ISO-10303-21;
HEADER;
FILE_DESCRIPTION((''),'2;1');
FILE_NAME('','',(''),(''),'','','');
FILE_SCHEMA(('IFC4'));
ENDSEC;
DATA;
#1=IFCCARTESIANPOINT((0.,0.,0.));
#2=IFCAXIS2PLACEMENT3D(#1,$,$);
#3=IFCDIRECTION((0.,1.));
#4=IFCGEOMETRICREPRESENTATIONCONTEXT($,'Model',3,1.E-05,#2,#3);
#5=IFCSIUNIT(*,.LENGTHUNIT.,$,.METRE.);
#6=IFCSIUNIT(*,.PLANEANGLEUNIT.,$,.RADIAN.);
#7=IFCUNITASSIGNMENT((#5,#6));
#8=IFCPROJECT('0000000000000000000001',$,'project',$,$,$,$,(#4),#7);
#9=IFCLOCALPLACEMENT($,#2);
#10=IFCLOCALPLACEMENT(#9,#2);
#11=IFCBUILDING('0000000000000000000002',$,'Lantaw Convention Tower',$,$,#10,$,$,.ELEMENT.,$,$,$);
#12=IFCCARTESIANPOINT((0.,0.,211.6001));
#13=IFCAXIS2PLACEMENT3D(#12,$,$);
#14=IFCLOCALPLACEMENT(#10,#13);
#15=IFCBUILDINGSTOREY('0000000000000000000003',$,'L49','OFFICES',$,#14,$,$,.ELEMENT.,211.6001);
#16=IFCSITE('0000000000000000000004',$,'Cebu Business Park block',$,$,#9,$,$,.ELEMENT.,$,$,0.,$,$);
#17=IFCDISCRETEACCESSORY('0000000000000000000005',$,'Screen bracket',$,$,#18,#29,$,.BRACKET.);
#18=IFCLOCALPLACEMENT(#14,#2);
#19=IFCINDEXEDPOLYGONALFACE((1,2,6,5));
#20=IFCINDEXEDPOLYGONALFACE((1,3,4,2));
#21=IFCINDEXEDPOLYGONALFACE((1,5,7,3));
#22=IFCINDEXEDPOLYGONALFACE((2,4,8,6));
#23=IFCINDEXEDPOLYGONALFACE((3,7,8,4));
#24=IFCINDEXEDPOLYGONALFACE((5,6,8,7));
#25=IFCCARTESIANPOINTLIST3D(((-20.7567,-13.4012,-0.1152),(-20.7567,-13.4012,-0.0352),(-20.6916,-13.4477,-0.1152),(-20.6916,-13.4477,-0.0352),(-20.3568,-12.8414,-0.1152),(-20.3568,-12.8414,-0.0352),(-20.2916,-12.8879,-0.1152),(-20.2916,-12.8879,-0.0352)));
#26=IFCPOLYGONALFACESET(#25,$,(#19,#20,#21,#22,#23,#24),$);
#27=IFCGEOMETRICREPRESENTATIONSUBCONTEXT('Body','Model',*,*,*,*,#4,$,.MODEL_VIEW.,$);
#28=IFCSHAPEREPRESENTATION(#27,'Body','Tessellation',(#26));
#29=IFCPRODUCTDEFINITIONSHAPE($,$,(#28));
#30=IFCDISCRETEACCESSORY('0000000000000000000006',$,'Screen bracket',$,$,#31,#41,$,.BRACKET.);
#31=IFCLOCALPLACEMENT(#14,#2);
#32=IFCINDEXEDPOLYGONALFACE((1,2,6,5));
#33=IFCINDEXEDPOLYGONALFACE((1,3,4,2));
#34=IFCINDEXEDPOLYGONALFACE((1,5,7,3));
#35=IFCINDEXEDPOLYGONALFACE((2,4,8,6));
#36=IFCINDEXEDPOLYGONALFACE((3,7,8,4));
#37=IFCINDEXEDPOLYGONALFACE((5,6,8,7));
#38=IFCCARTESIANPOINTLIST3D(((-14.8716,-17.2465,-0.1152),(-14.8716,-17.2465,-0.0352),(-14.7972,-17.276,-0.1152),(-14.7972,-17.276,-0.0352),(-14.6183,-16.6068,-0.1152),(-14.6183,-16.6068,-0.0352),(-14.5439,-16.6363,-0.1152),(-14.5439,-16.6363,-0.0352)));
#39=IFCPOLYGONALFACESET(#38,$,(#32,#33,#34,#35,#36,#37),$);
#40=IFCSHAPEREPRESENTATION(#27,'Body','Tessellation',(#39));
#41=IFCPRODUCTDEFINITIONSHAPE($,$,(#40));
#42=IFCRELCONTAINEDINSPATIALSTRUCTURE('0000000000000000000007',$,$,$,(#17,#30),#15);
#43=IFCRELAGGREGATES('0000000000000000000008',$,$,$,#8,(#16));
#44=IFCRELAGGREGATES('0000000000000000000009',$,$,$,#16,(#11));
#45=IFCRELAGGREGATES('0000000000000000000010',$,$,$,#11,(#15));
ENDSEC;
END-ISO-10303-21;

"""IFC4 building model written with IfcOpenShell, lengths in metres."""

from ifc_helpers import new_model, si_unit, direction, frame, origin, origin_2d, place, context, subcontext, project, spatial, rectangle, extrude, element, save


model = new_model("IFC4")

# Units and contexts
model_context = context("Model", 3, precision=1e-05, world=origin(), true_north=direction((0.0, 1.0)))
body_context = subcontext(model_context, "Body", "Model", "MODEL_VIEW")
ifc_project = project(units=[si_unit("LENGTHUNIT", "METRE"), si_unit("PLANEANGLEUNIT", "RADIAN")], contexts=[model_context])

# Site, building, storey
site_placement = place(None, origin())
site = spatial("IfcSite", under=ifc_project, at=site_placement, Name="Cebu Business Park block", CompositionType="ELEMENT", RefElevation=0.0)
building_placement = place(site_placement, origin())
building = spatial("IfcBuilding", under=site, at=building_placement, Name="Lantaw Convention Tower", CompositionType="ELEMENT")
storey_placement = place(building_placement, frame((0.0, 0.0, 211.6001)))
storey = spatial("IfcBuildingStorey", under=building, at=storey_placement, Name="L49", Description="OFFICES", CompositionType="ELEMENT", Elevation=211.6001)

# Discrete accessories
for number, where, z_axis, x_axis, name in (
    (1, (-20.5242, -13.1445, -0.1152), (0.0, 0.0, 1.0), (0.813673, -0.581323, 0.0), "Screen bracket"),
    (2, (-14.7078, -16.9414, -0.1152), (0.0, 0.0, 1.0), (0.929762, -0.368162, 0.0), "Screen bracket"),
):
    element("IfcDiscreteAccessory", number, at=place(storey_placement, frame(where, z_axis=z_axis, x_axis=x_axis)), inside=storey, Name=name, PredefinedType="BRACKET", context=body_context, shape_type="SweptSolid", body=[
        extrude(rectangle(XDim=0.0801, YDim=0.688, at=origin_2d()), origin(), (0.0, 0.0, 1.0), 0.0801),
    ])

save(model, "model.ifc")
